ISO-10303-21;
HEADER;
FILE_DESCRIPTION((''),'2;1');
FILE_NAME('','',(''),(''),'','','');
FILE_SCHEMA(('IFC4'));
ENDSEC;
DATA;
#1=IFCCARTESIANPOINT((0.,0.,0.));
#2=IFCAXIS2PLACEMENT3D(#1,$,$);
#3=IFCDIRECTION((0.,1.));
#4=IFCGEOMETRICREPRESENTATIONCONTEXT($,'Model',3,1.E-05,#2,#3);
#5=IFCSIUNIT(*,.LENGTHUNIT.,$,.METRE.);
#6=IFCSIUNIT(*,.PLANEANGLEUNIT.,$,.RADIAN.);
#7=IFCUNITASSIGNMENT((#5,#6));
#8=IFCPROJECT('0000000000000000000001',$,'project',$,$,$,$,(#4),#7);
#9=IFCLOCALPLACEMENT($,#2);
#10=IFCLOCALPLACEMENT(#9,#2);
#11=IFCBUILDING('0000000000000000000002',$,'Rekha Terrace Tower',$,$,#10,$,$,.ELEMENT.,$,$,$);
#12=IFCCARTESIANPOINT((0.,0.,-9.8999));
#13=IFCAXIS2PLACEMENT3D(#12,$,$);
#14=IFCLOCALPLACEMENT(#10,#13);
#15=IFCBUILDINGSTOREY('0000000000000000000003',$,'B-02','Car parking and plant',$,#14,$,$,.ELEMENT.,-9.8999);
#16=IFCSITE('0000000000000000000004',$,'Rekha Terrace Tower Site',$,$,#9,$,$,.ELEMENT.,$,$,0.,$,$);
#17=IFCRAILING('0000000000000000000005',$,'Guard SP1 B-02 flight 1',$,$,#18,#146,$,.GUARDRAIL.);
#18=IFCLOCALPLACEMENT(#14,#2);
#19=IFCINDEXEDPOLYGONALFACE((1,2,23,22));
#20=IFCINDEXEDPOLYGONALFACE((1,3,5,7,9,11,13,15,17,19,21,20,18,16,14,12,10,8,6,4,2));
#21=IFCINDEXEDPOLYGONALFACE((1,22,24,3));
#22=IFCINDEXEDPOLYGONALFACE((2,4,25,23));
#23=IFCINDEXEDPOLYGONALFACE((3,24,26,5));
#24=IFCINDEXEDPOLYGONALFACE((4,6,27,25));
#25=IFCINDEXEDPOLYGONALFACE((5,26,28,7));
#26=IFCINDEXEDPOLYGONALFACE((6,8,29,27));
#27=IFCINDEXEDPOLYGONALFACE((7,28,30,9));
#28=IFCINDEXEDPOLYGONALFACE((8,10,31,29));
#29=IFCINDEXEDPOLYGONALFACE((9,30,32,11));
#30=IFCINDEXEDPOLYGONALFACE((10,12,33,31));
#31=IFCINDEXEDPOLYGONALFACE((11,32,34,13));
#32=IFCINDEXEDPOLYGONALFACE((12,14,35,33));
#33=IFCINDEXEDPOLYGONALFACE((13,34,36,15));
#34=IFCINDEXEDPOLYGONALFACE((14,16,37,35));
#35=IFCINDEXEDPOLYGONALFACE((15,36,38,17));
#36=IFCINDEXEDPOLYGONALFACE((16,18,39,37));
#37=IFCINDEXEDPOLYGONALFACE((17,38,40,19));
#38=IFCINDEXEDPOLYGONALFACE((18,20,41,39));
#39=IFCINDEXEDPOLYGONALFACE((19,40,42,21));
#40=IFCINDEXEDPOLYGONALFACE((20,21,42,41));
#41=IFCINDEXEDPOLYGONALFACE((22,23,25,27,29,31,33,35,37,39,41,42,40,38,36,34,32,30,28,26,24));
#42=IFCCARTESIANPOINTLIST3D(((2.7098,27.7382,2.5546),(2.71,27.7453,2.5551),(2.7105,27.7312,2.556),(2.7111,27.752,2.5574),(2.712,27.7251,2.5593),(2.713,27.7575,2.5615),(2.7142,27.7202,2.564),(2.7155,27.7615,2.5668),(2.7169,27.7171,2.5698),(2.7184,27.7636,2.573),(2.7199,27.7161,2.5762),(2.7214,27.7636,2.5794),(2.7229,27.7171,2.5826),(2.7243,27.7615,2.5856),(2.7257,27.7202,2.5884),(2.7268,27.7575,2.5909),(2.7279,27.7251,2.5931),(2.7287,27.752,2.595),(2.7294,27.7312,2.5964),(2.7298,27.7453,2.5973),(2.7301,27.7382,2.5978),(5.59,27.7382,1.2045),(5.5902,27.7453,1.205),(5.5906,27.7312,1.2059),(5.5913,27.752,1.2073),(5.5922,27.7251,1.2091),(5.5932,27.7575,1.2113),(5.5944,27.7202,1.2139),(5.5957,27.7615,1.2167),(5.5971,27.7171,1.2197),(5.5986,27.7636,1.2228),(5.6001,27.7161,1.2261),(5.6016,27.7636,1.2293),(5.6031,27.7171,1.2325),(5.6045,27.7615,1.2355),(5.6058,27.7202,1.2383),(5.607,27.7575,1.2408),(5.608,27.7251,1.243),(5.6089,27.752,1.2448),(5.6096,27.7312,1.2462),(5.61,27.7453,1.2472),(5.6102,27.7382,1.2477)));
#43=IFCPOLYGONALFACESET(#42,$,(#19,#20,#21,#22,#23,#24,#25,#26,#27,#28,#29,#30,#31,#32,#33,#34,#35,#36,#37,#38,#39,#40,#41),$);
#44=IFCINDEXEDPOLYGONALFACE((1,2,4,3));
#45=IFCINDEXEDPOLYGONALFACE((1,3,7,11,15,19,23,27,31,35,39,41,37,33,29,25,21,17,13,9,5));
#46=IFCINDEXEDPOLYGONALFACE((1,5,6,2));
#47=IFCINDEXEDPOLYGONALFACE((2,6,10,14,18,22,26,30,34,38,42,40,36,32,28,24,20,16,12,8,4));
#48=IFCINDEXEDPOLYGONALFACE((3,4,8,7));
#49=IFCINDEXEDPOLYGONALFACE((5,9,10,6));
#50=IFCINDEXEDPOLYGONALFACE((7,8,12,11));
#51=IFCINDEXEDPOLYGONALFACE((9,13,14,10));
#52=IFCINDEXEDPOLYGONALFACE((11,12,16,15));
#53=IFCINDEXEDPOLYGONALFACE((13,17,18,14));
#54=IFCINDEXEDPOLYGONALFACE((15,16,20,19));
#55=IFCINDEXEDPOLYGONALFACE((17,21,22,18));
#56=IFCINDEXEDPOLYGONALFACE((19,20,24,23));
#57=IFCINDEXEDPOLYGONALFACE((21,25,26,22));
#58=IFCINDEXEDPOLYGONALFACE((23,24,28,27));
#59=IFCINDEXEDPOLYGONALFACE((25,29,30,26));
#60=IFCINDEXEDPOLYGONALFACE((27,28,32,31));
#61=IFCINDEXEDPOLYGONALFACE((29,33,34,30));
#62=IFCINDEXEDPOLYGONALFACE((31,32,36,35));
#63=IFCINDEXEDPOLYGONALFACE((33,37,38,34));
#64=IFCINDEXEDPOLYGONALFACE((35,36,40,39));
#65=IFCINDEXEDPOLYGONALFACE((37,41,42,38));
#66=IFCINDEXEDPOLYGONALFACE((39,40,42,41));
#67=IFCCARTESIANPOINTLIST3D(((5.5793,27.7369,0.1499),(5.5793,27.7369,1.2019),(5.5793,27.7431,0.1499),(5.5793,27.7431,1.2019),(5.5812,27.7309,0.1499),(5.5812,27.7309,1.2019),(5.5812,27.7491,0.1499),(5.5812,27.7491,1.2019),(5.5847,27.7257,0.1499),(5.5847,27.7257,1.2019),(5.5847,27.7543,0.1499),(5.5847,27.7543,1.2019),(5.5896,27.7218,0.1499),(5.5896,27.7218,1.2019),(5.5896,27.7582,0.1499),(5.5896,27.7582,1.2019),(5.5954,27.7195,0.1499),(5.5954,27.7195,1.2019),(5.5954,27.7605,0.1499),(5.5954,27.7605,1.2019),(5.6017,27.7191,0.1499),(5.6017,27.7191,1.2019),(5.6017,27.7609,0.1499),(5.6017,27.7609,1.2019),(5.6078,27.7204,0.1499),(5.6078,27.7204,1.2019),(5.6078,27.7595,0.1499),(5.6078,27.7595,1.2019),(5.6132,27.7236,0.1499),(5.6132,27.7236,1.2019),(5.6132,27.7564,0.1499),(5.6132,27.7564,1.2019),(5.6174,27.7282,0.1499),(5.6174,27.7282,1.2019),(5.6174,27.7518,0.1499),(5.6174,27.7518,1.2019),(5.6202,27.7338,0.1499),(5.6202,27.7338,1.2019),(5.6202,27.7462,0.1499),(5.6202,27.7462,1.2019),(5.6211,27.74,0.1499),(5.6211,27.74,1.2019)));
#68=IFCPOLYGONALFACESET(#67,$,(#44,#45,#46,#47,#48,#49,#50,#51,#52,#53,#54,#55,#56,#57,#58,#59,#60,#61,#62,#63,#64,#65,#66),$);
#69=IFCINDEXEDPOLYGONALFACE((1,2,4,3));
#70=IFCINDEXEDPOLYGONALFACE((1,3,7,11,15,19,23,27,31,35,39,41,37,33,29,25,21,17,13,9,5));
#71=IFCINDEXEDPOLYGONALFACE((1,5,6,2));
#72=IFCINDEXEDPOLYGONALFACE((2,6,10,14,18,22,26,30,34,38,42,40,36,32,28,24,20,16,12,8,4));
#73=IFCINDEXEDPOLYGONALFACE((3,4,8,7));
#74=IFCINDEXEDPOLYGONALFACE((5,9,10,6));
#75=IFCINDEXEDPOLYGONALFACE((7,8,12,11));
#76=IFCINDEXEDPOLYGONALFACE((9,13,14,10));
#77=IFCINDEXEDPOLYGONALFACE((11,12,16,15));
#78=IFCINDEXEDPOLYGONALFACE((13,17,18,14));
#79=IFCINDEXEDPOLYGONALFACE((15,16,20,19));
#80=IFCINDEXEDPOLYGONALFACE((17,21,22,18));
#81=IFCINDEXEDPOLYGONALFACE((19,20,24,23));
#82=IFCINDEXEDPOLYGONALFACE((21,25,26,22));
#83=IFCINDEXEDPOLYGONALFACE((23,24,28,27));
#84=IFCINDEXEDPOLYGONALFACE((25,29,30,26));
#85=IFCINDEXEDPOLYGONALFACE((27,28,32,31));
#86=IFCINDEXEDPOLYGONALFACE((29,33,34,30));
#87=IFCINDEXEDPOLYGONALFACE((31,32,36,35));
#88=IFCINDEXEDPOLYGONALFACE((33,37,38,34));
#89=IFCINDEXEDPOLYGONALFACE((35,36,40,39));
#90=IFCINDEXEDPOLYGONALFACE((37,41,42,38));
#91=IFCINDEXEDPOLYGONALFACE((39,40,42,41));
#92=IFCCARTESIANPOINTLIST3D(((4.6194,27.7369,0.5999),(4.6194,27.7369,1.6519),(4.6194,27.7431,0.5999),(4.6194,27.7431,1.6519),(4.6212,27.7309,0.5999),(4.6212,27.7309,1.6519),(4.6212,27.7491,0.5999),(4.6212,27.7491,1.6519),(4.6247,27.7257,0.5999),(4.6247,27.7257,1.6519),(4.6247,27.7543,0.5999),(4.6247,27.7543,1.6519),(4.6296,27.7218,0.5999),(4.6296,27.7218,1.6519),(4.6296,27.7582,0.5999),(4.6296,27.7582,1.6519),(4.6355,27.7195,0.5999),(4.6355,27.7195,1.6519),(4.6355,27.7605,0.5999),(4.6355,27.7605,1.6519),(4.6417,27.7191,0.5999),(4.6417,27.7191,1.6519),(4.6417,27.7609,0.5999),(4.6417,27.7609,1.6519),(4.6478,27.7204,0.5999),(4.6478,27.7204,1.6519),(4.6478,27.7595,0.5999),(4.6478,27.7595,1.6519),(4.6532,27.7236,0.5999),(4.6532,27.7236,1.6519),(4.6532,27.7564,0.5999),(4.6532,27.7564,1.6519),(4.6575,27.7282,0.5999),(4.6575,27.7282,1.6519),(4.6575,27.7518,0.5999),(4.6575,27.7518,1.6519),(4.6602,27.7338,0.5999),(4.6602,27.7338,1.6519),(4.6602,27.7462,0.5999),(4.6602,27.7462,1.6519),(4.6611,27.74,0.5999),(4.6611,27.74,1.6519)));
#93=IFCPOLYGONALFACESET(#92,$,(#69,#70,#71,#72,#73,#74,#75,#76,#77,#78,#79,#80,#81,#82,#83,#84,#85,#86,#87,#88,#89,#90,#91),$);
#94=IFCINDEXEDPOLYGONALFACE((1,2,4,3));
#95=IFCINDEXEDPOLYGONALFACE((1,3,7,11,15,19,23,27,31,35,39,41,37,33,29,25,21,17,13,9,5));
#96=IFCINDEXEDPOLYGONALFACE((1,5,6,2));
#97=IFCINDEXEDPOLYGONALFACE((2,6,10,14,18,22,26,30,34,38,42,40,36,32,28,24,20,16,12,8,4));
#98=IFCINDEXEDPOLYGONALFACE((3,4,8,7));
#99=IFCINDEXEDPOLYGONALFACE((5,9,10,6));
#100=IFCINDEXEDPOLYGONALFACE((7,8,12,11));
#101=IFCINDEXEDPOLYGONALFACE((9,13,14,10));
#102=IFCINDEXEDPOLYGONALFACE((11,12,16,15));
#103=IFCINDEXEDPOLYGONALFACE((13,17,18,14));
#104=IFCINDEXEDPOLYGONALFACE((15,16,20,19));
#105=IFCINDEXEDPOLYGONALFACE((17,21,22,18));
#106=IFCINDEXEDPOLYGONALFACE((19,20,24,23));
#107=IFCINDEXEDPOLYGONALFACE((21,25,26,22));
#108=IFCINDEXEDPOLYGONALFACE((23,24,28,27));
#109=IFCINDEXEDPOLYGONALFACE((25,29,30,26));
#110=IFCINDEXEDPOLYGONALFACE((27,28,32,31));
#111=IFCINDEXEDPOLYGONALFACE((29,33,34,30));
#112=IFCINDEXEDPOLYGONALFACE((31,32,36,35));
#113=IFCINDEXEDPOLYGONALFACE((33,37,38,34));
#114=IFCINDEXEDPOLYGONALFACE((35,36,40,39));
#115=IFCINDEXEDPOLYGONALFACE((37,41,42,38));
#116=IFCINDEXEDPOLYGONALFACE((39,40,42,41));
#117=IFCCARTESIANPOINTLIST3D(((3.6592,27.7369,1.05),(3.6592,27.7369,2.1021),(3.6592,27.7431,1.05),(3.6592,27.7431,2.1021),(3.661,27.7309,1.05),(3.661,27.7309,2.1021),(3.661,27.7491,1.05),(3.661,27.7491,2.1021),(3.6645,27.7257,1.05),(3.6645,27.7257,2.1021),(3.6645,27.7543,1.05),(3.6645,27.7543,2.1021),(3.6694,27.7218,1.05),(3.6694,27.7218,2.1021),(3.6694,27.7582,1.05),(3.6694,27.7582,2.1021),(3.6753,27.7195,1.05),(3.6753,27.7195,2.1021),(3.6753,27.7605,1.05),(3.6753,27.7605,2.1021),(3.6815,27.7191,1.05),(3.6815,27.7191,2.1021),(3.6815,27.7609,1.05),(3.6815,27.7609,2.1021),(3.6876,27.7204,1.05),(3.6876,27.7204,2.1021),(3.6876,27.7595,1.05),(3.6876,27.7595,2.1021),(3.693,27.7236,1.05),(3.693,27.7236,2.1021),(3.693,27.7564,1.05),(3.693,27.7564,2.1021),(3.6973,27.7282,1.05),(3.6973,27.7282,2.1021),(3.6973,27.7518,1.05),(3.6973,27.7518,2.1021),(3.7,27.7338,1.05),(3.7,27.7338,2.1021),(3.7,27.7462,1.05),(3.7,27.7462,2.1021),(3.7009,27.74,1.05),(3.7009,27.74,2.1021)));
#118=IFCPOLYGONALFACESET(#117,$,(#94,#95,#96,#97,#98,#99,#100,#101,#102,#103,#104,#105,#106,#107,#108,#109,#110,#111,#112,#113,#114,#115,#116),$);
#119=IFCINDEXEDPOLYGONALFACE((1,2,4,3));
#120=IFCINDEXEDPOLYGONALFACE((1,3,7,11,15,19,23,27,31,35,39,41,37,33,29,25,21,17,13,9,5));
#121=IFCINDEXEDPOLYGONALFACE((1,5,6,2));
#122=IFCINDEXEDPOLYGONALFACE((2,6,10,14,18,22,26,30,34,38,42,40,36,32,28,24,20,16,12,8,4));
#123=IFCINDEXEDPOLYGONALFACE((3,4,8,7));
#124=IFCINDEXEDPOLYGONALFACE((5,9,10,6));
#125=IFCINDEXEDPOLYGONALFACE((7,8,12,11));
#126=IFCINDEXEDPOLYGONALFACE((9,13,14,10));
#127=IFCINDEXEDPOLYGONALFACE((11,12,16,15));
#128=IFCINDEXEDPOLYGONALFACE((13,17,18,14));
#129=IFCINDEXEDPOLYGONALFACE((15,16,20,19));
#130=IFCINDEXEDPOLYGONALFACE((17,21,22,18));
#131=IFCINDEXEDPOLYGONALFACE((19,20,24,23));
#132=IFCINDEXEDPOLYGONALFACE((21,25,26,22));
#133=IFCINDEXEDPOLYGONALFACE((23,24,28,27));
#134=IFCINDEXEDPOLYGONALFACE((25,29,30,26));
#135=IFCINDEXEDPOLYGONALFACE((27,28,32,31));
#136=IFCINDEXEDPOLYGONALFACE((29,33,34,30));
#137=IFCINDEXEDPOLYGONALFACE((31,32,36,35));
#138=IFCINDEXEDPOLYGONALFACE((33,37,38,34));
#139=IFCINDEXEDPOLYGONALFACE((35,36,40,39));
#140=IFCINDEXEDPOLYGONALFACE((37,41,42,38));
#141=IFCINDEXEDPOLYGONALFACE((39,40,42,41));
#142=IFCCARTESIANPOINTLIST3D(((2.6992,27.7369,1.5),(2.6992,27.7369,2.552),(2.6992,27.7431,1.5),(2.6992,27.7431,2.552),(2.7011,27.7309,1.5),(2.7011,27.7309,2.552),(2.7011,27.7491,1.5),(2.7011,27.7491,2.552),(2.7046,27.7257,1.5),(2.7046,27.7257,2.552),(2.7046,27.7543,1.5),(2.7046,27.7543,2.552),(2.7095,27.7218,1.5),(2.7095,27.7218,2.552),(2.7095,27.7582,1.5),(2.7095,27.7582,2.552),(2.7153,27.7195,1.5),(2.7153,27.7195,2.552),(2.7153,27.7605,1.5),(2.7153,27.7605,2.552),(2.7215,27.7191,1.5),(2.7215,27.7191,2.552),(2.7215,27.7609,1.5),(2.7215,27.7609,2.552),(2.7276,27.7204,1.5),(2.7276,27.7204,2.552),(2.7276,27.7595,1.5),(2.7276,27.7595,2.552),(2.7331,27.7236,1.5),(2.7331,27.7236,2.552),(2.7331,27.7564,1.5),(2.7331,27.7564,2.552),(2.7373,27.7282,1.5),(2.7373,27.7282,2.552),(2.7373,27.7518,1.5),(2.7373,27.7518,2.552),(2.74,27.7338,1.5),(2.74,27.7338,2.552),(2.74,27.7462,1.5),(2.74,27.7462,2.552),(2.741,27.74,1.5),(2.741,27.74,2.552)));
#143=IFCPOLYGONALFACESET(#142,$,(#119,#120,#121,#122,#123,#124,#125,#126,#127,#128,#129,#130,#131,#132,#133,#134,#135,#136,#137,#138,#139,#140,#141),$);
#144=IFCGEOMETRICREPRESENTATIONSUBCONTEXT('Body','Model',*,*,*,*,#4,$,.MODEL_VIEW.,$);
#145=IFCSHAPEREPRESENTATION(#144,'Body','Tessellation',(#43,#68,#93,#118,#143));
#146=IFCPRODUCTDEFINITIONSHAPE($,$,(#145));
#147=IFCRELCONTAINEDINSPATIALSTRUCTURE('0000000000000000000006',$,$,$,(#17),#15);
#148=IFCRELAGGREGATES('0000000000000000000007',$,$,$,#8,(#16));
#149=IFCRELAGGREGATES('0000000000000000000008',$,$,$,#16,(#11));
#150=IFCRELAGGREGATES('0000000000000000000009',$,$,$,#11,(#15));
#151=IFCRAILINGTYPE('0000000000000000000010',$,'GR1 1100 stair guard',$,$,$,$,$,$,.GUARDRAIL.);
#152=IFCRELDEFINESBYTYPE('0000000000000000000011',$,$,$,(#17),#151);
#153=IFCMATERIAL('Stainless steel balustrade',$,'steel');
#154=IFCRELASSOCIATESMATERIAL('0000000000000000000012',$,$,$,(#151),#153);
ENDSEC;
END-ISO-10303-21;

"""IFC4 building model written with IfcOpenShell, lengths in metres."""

from ifc_helpers import new_model, si_unit, direction, frame, origin, origin_2d, place, context, subcontext, project, spatial, circle, extrude, material, type_object, element, save


model = new_model("IFC4")

# Units and contexts
model_context = context("Model", 3, precision=1e-05, world=origin(), true_north=direction((0.0, 1.0)))
body_context = subcontext(model_context, "Body", "Model", "MODEL_VIEW")
ifc_project = project(units=[si_unit("LENGTHUNIT", "METRE"), si_unit("PLANEANGLEUNIT", "RADIAN")], contexts=[model_context])

# Site, building, storey
site_placement = place(None, origin())
site = spatial("IfcSite", under=ifc_project, at=site_placement, Name="Rekha Terrace Tower Site", CompositionType="ELEMENT", RefElevation=0.0)
building_placement = place(site_placement, origin())
building = spatial("IfcBuilding", under=site, at=building_placement, Name="Rekha Terrace Tower", CompositionType="ELEMENT")
storey_placement = place(building_placement, frame((0.0, 0.0, -9.8999)))
storey = spatial("IfcBuildingStorey", under=building, at=storey_placement, Name="B-02", Description="Car parking and plant", CompositionType="ELEMENT", Elevation=-9.8999)

# Railing
ifc_material_1 = material(Name="Stainless steel balustrade", Category="steel")
railing_type_1 = type_object("IfcRailingType", Name="GR1 1100 stair guard", PredefinedType="GUARDRAIL", material=ifc_material_1)
railing_1_placement = place(storey_placement, frame((5.6001, 27.74, 0.1499)))
element("IfcRailing", 1, at=railing_1_placement, inside=storey, type_object=railing_type_1, Name="Guard SP1 B-02 flight 1", PredefinedType="GUARDRAIL", context=body_context, shape_type="SweptSolid", body=[
    extrude(circle(Radius=0.0239, at=origin_2d()), frame((0.0, 0.0, 1.0762), z_axis=(-0.905454, 0.0, 0.424444), x_axis=(0.0, -1.0, 0.0)), (0.0, 0.0, 1.0), 3.1809),
    extrude(circle(Radius=0.021, at=origin_2d()), origin(), (0.0, 0.0, 1.0), 1.052),
    extrude(circle(Radius=0.021, at=origin_2d()), frame((-0.96, 0.0, 0.45)), (0.0, 0.0, 1.0), 1.052),
    extrude(circle(Radius=0.021, at=origin_2d()), frame((-1.9202, 0.0, 0.9001)), (0.0, 0.0, 1.0), 1.052),
    extrude(circle(Radius=0.021, at=origin_2d()), frame((-2.8801, 0.0, 1.3501)), (0.0, 0.0, 1.0), 1.052),
])

save(model, "model.ifc")
